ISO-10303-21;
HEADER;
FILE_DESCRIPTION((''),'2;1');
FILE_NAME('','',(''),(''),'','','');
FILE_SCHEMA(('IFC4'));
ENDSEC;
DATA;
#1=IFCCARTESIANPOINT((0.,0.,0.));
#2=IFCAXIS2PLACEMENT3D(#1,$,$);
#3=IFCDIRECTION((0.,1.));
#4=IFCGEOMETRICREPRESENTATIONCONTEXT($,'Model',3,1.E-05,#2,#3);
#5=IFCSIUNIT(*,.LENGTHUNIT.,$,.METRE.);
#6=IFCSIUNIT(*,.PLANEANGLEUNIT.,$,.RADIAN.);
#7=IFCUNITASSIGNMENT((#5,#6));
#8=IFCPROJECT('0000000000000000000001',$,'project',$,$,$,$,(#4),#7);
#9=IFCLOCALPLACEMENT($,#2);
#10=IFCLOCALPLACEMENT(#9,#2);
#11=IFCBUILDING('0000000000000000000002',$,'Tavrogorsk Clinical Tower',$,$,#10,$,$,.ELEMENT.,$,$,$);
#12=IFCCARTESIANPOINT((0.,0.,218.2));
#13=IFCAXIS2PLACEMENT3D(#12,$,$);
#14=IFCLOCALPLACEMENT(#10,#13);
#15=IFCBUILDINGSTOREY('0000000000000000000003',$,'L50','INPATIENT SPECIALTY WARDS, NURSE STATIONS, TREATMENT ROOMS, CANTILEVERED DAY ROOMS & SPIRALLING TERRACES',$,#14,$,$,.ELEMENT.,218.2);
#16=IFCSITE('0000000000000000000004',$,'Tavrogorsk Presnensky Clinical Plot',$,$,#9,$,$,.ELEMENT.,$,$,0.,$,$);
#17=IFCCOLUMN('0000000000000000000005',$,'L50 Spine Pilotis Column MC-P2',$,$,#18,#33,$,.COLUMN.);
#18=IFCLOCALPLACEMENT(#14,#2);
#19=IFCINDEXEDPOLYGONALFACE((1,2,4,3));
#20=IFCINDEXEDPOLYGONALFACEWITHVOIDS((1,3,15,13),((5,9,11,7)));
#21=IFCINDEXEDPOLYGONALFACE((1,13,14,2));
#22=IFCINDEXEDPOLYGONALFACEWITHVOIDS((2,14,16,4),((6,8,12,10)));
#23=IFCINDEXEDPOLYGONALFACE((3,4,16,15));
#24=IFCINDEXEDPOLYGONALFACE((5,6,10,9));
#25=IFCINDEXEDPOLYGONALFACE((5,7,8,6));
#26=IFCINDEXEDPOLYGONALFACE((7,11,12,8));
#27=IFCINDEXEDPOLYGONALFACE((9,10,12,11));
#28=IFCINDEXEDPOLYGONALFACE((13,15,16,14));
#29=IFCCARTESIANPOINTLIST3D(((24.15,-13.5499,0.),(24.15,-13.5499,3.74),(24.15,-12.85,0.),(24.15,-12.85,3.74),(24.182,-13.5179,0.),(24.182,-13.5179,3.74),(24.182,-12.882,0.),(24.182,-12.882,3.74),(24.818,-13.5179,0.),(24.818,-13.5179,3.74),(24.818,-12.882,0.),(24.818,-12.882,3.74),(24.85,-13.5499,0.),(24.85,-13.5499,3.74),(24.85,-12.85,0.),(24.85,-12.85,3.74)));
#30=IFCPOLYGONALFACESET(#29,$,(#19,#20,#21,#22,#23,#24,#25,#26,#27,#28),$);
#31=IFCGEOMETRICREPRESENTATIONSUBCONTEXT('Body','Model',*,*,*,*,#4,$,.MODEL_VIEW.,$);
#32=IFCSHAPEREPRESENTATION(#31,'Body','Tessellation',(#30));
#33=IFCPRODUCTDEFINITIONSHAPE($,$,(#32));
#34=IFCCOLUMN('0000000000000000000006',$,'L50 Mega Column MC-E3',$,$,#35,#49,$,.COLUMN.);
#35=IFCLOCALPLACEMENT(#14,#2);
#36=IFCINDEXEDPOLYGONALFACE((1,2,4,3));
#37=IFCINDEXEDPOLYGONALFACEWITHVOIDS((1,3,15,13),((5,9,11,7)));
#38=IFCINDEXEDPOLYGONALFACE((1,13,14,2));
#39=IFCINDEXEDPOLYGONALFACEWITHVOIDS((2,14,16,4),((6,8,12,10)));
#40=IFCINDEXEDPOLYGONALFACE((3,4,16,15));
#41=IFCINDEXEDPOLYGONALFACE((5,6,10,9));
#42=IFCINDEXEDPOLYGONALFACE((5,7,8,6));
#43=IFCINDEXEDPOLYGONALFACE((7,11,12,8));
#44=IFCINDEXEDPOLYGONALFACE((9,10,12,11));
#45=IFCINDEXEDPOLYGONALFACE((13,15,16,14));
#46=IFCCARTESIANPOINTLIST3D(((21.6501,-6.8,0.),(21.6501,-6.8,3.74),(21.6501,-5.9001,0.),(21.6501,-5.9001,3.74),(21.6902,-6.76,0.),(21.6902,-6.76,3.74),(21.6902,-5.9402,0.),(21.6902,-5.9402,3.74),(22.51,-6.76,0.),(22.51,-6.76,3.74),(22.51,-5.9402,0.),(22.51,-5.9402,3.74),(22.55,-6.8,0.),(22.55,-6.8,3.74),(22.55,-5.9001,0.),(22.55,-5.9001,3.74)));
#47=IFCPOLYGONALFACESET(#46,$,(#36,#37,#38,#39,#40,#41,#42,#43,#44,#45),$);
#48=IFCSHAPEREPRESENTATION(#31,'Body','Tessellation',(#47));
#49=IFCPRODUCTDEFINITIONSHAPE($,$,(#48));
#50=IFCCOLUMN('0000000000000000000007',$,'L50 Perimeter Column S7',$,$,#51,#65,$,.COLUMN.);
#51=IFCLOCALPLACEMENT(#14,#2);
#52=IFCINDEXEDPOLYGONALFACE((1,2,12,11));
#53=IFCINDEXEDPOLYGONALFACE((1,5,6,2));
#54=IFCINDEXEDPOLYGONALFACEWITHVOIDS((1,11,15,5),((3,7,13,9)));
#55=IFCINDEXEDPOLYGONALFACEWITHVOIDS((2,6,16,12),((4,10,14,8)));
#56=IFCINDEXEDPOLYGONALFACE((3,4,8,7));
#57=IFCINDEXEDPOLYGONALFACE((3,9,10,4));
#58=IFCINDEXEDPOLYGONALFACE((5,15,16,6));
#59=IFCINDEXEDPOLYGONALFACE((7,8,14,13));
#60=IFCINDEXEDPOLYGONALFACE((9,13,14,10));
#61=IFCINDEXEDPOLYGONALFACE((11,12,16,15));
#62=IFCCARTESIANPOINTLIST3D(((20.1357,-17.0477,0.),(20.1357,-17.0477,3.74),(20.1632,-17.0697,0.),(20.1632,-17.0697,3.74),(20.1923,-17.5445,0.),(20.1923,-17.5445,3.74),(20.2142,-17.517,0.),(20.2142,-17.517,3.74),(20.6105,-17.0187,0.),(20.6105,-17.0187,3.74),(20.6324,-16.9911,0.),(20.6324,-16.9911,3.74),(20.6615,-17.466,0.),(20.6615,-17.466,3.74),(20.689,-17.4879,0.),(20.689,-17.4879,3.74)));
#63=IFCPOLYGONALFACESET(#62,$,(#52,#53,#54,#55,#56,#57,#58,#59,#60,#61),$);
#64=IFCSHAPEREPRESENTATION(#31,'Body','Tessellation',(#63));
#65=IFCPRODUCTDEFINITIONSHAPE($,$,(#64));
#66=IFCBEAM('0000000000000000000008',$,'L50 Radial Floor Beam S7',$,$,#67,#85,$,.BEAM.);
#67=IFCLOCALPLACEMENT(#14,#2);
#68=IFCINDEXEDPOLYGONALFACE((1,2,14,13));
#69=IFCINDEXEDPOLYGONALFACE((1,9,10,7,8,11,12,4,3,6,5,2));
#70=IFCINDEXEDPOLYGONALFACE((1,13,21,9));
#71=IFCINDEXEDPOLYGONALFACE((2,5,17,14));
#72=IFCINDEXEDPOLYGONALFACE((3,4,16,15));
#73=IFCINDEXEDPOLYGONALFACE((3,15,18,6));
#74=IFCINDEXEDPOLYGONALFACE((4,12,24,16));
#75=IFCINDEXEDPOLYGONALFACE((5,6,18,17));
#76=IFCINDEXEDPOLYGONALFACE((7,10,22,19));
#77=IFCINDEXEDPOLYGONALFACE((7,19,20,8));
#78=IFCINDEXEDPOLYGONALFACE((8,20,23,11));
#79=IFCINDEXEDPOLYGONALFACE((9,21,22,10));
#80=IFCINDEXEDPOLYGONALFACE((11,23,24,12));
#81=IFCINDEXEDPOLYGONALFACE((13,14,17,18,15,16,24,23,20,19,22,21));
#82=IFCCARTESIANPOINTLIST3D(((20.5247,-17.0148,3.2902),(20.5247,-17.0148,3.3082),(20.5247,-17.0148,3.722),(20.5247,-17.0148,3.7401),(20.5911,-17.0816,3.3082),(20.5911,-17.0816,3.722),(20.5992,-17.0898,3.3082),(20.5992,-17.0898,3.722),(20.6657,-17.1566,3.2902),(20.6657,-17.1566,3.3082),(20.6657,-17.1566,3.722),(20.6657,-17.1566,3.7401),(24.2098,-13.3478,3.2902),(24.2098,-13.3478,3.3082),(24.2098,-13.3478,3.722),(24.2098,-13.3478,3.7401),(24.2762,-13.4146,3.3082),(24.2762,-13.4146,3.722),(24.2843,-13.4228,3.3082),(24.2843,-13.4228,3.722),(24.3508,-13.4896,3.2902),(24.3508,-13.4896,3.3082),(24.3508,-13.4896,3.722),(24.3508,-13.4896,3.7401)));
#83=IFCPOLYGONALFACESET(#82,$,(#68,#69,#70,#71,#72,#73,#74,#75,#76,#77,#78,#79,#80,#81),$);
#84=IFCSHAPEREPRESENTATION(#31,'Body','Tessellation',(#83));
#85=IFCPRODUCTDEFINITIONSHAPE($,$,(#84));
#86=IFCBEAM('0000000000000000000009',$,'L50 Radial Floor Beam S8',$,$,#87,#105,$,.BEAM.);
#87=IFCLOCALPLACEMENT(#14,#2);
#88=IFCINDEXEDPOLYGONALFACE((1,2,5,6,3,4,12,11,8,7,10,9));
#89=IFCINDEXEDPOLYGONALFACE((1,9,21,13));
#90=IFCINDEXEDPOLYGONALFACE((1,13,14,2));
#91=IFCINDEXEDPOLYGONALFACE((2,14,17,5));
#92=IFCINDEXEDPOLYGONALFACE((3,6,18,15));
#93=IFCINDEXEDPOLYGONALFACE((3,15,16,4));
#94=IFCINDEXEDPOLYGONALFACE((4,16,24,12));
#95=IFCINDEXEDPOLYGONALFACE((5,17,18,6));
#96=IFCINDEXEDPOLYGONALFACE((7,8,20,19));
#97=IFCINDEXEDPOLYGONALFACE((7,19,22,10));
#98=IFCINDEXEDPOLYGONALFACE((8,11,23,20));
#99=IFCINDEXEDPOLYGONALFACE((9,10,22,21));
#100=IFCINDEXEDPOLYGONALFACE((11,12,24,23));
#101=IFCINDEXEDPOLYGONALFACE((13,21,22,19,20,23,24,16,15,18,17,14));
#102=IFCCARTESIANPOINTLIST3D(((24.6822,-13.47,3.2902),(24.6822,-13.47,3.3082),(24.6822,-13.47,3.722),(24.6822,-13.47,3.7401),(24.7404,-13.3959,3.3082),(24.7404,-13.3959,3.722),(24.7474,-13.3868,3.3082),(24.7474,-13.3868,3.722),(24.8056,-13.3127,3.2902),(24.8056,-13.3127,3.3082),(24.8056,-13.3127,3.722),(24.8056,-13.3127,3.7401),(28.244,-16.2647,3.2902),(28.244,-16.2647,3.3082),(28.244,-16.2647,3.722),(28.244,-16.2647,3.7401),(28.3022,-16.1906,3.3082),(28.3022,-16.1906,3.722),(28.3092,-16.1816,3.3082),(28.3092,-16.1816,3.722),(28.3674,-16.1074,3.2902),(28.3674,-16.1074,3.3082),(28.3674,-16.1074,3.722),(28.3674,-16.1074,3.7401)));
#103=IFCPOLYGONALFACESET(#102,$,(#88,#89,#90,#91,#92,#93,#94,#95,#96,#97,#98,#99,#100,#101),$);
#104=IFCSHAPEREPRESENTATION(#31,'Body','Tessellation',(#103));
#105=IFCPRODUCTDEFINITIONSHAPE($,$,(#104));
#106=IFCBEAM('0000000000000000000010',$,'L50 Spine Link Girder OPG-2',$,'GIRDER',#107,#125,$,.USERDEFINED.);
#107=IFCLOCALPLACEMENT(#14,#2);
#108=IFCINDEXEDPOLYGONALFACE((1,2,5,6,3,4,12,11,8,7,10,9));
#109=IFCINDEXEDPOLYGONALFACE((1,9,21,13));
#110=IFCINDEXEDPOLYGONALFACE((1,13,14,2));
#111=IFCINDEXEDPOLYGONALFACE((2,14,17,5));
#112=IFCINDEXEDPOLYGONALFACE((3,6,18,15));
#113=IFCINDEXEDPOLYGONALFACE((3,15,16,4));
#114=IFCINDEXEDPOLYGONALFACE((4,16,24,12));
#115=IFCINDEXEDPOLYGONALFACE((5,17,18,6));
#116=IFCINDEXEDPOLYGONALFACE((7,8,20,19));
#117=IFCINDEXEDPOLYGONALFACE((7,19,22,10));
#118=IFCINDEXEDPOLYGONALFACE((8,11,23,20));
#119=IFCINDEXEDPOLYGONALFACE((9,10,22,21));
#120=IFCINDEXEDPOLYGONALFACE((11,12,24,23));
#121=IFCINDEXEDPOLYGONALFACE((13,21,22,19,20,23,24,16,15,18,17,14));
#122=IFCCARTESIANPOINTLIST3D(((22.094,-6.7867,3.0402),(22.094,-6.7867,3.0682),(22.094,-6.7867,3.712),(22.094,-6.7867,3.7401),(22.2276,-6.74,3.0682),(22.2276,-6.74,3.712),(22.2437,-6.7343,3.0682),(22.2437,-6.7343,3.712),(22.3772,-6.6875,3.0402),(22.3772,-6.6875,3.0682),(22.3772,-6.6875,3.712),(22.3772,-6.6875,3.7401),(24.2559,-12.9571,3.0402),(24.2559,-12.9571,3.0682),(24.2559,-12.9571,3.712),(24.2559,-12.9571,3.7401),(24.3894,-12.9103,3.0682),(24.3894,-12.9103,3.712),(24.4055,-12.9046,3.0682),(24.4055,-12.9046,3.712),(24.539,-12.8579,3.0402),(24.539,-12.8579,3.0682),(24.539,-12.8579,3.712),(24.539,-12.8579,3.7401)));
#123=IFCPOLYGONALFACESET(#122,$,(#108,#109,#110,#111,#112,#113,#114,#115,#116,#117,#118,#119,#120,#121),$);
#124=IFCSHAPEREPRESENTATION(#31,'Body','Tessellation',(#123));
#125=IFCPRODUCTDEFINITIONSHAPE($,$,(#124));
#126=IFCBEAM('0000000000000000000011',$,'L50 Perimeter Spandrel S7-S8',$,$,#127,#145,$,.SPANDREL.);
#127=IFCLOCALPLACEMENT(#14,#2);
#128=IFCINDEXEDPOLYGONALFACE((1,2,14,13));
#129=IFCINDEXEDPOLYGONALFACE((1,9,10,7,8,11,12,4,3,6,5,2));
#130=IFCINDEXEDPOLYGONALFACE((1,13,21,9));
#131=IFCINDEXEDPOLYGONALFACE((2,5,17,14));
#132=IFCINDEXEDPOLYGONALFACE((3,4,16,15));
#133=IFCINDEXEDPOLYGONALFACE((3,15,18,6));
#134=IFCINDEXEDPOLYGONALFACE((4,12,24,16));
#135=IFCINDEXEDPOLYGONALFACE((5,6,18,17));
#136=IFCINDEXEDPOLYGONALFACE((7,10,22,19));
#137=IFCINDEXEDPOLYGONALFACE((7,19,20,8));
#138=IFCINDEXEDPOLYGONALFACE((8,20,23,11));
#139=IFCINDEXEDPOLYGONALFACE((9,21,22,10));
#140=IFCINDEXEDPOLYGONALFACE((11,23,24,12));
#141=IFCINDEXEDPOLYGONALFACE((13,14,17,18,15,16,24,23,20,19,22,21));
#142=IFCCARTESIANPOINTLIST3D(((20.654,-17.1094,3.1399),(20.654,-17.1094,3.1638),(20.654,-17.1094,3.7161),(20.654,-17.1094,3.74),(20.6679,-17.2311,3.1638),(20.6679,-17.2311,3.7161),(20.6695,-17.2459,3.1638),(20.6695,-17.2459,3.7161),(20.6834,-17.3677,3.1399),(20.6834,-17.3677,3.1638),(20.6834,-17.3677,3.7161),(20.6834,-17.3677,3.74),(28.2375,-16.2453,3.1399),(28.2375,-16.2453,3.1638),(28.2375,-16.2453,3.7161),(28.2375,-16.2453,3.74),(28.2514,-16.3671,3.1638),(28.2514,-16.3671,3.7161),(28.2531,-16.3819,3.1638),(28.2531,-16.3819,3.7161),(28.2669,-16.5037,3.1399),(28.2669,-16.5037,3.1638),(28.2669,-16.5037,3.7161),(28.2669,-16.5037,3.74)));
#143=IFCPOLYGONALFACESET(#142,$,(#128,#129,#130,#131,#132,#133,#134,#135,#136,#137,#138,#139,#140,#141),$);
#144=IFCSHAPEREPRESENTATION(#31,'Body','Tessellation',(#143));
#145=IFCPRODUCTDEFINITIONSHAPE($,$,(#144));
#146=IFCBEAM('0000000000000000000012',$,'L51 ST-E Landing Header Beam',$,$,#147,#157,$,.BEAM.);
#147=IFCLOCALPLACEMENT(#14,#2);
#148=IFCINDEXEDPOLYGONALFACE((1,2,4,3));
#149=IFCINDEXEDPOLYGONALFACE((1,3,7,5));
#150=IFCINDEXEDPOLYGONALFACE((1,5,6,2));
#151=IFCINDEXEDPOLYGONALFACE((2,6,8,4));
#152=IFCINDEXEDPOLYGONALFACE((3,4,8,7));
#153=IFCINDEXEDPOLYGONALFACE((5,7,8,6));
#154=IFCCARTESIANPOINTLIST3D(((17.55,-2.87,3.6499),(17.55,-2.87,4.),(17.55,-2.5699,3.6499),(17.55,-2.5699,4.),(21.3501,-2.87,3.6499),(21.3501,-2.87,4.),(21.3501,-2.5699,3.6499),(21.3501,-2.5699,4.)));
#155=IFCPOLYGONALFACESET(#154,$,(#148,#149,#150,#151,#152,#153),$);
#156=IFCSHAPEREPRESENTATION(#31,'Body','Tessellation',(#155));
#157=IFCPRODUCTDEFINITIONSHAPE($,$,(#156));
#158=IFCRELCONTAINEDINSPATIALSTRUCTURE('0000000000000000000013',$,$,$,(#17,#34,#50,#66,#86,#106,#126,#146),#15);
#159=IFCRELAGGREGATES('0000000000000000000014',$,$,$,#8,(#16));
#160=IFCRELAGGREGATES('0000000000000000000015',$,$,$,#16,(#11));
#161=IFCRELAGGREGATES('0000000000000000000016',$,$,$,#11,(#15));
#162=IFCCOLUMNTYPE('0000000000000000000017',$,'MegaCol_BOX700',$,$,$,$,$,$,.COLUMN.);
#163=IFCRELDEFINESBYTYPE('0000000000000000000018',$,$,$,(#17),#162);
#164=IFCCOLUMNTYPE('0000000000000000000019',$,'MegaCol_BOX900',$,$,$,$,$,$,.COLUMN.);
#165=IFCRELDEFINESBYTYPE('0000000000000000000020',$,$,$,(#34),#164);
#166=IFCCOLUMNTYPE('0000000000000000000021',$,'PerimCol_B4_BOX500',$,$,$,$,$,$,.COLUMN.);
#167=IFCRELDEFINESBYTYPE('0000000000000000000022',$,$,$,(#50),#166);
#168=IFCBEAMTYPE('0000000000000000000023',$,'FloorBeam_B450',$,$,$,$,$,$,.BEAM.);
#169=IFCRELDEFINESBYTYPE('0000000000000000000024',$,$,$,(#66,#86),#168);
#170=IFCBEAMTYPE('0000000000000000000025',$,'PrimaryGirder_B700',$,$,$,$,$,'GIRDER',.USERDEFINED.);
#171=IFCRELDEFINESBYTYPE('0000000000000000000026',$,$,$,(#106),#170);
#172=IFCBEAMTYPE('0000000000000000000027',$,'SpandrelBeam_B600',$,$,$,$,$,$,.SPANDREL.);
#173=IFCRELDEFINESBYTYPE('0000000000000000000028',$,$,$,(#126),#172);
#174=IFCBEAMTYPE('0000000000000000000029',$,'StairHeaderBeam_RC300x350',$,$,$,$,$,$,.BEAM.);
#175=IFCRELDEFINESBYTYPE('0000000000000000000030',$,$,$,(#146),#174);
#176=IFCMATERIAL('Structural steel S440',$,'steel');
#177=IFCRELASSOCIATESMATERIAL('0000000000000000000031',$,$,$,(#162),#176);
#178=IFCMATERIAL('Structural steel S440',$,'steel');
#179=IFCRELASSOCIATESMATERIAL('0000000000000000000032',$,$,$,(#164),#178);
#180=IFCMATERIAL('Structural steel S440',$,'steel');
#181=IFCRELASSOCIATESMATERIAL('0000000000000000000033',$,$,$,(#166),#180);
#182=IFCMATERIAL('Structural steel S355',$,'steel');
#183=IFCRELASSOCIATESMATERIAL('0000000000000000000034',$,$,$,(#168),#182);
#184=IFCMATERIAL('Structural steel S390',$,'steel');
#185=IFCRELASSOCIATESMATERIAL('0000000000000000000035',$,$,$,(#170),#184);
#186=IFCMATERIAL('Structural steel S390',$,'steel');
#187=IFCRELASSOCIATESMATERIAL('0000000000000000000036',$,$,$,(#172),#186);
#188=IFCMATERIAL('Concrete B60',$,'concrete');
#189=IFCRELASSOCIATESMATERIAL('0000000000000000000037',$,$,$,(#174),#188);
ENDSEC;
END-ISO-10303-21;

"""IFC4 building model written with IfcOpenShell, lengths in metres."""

from ifc_helpers import new_model, si_unit, direction, frame, origin, origin_2d, place, context, subcontext, project, spatial, rectangle, hollow_rectangle, i_section, extrude, material, material_profile, profile_set, type_object, element, save


model = new_model("IFC4")

# Units and contexts
model_context = context("Model", 3, precision=1e-05, world=origin(), true_north=direction((0.0, 1.0)))
body_context = subcontext(model_context, "Body", "Model", "MODEL_VIEW")
ifc_project = project(units=[si_unit("LENGTHUNIT", "METRE"), si_unit("PLANEANGLEUNIT", "RADIAN")], contexts=[model_context])

# Site, building, storey
site_placement = place(None, origin())
site = spatial("IfcSite", under=ifc_project, at=site_placement, Name="Tavrogorsk Presnensky Clinical Plot", CompositionType="ELEMENT", RefElevation=0.0)
building_placement = place(site_placement, origin())
building = spatial("IfcBuilding", under=site, at=building_placement, Name="Tavrogorsk Clinical Tower", CompositionType="ELEMENT")
storey_placement = place(building_placement, frame((0.0, 0.0, 218.2)))
storey = spatial("IfcBuildingStorey", under=building, at=storey_placement, Name="L50", Description="INPATIENT SPECIALTY WARDS, NURSE STATIONS, TREATMENT ROOMS, CANTILEVERED DAY ROOMS & SPIRALLING TERRACES", CompositionType="ELEMENT", Elevation=218.2)

# Columns
ifc_material_1 = material(Name="Structural steel S440", Category="steel")
ifc_material_profile_1 = material_profile(ifc_material_1, hollow_rectangle(XDim=0.7, YDim=0.7, WallThickness=0.032, at=origin_2d()), Name="BOX-700x700x32")
ifc_profile_set_1 = profile_set([ifc_material_profile_1], Name="Structural steel S440")
column_type_1 = type_object("IfcColumnType", Name="MegaCol_BOX700", PredefinedType="COLUMN", material=ifc_profile_set_1)
column_1_placement = place(storey_placement, frame((24.5, -13.2, 0.0), z_axis=(0.0, 0.0, 1.0), x_axis=(1.0, 0.0, 0.0)))
element("IfcColumn", 1, at=column_1_placement, inside=storey, type_object=column_type_1, Name="L50 Spine Pilotis Column MC-P2", PredefinedType="COLUMN", context=body_context, shape_type="SweptSolid", body=[
    extrude(hollow_rectangle(XDim=0.7, YDim=0.7, WallThickness=0.032, at=origin_2d()), origin(), (0.0, 0.0, 1.0), 3.74),
])
ifc_material_2 = material(Name="Structural steel S440", Category="steel")
ifc_material_profile_2 = material_profile(ifc_material_2, hollow_rectangle(XDim=0.8999, YDim=0.8999, WallThickness=0.04, at=origin_2d()), Name="BOX-900x900x40")
ifc_profile_set_2 = profile_set([ifc_material_profile_2], Name="Structural steel S440")
column_type_2 = type_object("IfcColumnType", Name="MegaCol_BOX900", PredefinedType="COLUMN", material=ifc_profile_set_2)
column_2_placement = place(storey_placement, frame((22.1001, -6.3501, 0.0), z_axis=(0.0, 0.0, 1.0), x_axis=(1.0, 0.0, 0.0)))
element("IfcColumn", 2, at=column_2_placement, inside=storey, type_object=column_type_2, Name="L50 Mega Column MC-E3", PredefinedType="COLUMN", context=body_context, shape_type="SweptSolid", body=[
    extrude(hollow_rectangle(XDim=0.8999, YDim=0.8999, WallThickness=0.04, at=origin_2d()), origin(), (0.0, 0.0, 1.0), 3.74),
])
ifc_material_3 = material(Name="Structural steel S440", Category="steel")
ifc_material_profile_3 = material_profile(ifc_material_3, hollow_rectangle(XDim=0.5, YDim=0.5, WallThickness=0.0249, at=origin_2d()), Name="BOX-500x500x25")
ifc_profile_set_3 = profile_set([ifc_material_profile_3], Name="Structural steel S440")
column_type_3 = type_object("IfcColumnType", Name="PerimCol_B4_BOX500", PredefinedType="COLUMN", material=ifc_profile_set_3)
column_3_placement = place(storey_placement, frame((20.4124, -17.2678, 0.0), z_axis=(0.0, 0.0, 1.0), x_axis=(0.993572, 0.113203, 0.0)))
element("IfcColumn", 3, at=column_3_placement, inside=storey, type_object=column_type_3, Name="L50 Perimeter Column S7", PredefinedType="COLUMN", context=body_context, shape_type="SweptSolid", body=[
    extrude(hollow_rectangle(XDim=0.5, YDim=0.5, WallThickness=0.0249, at=origin_2d()), origin(), (0.0, 0.0, 1.0), 3.74),
])

# Beams
ifc_material_4 = material(Name="Structural steel S355", Category="steel")
ifc_material_profile_4 = material_profile(ifc_material_4, i_section(OverallWidth=0.2, OverallDepth=0.45, WebThickness=0.0115, FlangeThickness=0.0181, at=origin_2d()), Name="B-450x200x11.5x18")
ifc_profile_set_4 = profile_set([ifc_material_profile_4], Name="Structural steel S355")
beam_type_1 = type_object("IfcBeamType", Name="FloorBeam_B450", PredefinedType="BEAM", material=ifc_profile_set_4)
beam_1_placement = place(storey_placement, frame((24.2803, -13.4187, 3.5151), z_axis=(-0.708842, -0.705367, 0.0), x_axis=(0.705367, -0.708842, 0.0)))
element("IfcBeam", 4, at=beam_1_placement, inside=storey, type_object=beam_type_1, Name="L50 Radial Floor Beam S7", PredefinedType="BEAM", context=body_context, shape_type="SweptSolid", body=[
    extrude(i_section(OverallWidth=0.2, OverallDepth=0.45, WebThickness=0.0115, FlangeThickness=0.0181, at=origin_2d()), origin(), (0.0, 0.0, 1.0), 5.1987),
])
beam_2_placement = place(storey_placement, frame((24.7439, -13.3914, 3.5151), z_axis=(0.786732, -0.617295, 0.0), x_axis=(0.617295, 0.786732, 0.0)))
element("IfcBeam", 5, at=beam_2_placement, inside=storey, type_object=beam_type_1, Name="L50 Radial Floor Beam S8", PredefinedType="BEAM", context=body_context, shape_type="SweptSolid", body=[
    extrude(i_section(OverallWidth=0.2, OverallDepth=0.45, WebThickness=0.0115, FlangeThickness=0.0181, at=origin_2d()), origin(), (0.0, 0.0, 1.0), 4.5273),
])
ifc_material_5 = material(Name="Structural steel S390", Category="steel")
ifc_material_profile_5 = material_profile(ifc_material_5, i_section(OverallWidth=0.3, OverallDepth=0.7, WebThickness=0.0171, FlangeThickness=0.0281, at=origin_2d()), Name="B-700x300x17x28")
ifc_profile_set_5 = profile_set([ifc_material_profile_5], Name="Structural steel S390")
beam_type_2 = type_object("IfcBeamType", Name="PrimaryGirder_B700", ElementType="GIRDER", PredefinedType="USERDEFINED", material=ifc_profile_set_5)
beam_3_placement = place(storey_placement, frame((24.3975, -12.9075, 3.3901), z_axis=(-0.330653, 0.943752, 0.0), x_axis=(-0.943752, -0.330653, 0.0)))
element("IfcBeam", 6, at=beam_3_placement, inside=storey, type_object=beam_type_2, Name="L50 Spine Link Girder OPG-2", ObjectType="GIRDER", PredefinedType="USERDEFINED", context=body_context, shape_type="SweptSolid", body=[
    extrude(i_section(OverallWidth=0.3, OverallDepth=0.7, WebThickness=0.0171, FlangeThickness=0.0281, at=origin_2d()), origin(), (0.0, 0.0, 1.0), 6.5381),
])
ifc_material_6 = material(Name="Structural steel S390", Category="steel")
ifc_material_profile_6 = material_profile(ifc_material_6, i_section(OverallWidth=0.26, OverallDepth=0.6001, WebThickness=0.0149, FlangeThickness=0.0239, at=origin_2d()), Name="B-600x260x15x24")
ifc_profile_set_6 = profile_set([ifc_material_profile_6], Name="Structural steel S390")
beam_type_3 = type_object("IfcBeamType", Name="SpandrelBeam_B600", PredefinedType="SPANDREL", material=ifc_profile_set_6)
beam_4_placement = place(storey_placement, frame((20.6687, -17.2385, 3.4399), z_axis=(0.993572, 0.113201, 0.0), x_axis=(-0.113201, 0.993572, 0.0)))
element("IfcBeam", 7, at=beam_4_placement, inside=storey, type_object=beam_type_3, Name="L50 Perimeter Spandrel S7-S8", PredefinedType="SPANDREL", context=body_context, shape_type="SweptSolid", body=[
    extrude(i_section(OverallWidth=0.26, OverallDepth=0.6001, WebThickness=0.0149, FlangeThickness=0.0239, at=origin_2d()), origin(), (0.0, 0.0, 1.0), 7.6326),
])
ifc_material_7 = material(Name="Concrete B60", Category="concrete")
ifc_material_profile_7 = material_profile(ifc_material_7, rectangle(XDim=0.3, YDim=0.3501, at=origin_2d()), Name="RC-SHB-300x350")
ifc_profile_set_7 = profile_set([ifc_material_profile_7], Name="Concrete B60")
beam_type_4 = type_object("IfcBeamType", Name="StairHeaderBeam_RC300x350", PredefinedType="BEAM", material=ifc_profile_set_7)
beam_5_placement = place(storey_placement, frame((17.55, -2.72, 3.825), z_axis=(1.0, 0.0, 0.0), x_axis=(0.0, 1.0, 0.0)))
element("IfcBeam", 8, at=beam_5_placement, inside=storey, type_object=beam_type_4, Name="L51 ST-E Landing Header Beam", PredefinedType="BEAM", context=body_context, shape_type="SweptSolid", body=[
    extrude(rectangle(XDim=0.3, YDim=0.3501, at=origin_2d()), origin(), (0.0, 0.0, 1.0), 3.8),
])

save(model, "model.ifc")
